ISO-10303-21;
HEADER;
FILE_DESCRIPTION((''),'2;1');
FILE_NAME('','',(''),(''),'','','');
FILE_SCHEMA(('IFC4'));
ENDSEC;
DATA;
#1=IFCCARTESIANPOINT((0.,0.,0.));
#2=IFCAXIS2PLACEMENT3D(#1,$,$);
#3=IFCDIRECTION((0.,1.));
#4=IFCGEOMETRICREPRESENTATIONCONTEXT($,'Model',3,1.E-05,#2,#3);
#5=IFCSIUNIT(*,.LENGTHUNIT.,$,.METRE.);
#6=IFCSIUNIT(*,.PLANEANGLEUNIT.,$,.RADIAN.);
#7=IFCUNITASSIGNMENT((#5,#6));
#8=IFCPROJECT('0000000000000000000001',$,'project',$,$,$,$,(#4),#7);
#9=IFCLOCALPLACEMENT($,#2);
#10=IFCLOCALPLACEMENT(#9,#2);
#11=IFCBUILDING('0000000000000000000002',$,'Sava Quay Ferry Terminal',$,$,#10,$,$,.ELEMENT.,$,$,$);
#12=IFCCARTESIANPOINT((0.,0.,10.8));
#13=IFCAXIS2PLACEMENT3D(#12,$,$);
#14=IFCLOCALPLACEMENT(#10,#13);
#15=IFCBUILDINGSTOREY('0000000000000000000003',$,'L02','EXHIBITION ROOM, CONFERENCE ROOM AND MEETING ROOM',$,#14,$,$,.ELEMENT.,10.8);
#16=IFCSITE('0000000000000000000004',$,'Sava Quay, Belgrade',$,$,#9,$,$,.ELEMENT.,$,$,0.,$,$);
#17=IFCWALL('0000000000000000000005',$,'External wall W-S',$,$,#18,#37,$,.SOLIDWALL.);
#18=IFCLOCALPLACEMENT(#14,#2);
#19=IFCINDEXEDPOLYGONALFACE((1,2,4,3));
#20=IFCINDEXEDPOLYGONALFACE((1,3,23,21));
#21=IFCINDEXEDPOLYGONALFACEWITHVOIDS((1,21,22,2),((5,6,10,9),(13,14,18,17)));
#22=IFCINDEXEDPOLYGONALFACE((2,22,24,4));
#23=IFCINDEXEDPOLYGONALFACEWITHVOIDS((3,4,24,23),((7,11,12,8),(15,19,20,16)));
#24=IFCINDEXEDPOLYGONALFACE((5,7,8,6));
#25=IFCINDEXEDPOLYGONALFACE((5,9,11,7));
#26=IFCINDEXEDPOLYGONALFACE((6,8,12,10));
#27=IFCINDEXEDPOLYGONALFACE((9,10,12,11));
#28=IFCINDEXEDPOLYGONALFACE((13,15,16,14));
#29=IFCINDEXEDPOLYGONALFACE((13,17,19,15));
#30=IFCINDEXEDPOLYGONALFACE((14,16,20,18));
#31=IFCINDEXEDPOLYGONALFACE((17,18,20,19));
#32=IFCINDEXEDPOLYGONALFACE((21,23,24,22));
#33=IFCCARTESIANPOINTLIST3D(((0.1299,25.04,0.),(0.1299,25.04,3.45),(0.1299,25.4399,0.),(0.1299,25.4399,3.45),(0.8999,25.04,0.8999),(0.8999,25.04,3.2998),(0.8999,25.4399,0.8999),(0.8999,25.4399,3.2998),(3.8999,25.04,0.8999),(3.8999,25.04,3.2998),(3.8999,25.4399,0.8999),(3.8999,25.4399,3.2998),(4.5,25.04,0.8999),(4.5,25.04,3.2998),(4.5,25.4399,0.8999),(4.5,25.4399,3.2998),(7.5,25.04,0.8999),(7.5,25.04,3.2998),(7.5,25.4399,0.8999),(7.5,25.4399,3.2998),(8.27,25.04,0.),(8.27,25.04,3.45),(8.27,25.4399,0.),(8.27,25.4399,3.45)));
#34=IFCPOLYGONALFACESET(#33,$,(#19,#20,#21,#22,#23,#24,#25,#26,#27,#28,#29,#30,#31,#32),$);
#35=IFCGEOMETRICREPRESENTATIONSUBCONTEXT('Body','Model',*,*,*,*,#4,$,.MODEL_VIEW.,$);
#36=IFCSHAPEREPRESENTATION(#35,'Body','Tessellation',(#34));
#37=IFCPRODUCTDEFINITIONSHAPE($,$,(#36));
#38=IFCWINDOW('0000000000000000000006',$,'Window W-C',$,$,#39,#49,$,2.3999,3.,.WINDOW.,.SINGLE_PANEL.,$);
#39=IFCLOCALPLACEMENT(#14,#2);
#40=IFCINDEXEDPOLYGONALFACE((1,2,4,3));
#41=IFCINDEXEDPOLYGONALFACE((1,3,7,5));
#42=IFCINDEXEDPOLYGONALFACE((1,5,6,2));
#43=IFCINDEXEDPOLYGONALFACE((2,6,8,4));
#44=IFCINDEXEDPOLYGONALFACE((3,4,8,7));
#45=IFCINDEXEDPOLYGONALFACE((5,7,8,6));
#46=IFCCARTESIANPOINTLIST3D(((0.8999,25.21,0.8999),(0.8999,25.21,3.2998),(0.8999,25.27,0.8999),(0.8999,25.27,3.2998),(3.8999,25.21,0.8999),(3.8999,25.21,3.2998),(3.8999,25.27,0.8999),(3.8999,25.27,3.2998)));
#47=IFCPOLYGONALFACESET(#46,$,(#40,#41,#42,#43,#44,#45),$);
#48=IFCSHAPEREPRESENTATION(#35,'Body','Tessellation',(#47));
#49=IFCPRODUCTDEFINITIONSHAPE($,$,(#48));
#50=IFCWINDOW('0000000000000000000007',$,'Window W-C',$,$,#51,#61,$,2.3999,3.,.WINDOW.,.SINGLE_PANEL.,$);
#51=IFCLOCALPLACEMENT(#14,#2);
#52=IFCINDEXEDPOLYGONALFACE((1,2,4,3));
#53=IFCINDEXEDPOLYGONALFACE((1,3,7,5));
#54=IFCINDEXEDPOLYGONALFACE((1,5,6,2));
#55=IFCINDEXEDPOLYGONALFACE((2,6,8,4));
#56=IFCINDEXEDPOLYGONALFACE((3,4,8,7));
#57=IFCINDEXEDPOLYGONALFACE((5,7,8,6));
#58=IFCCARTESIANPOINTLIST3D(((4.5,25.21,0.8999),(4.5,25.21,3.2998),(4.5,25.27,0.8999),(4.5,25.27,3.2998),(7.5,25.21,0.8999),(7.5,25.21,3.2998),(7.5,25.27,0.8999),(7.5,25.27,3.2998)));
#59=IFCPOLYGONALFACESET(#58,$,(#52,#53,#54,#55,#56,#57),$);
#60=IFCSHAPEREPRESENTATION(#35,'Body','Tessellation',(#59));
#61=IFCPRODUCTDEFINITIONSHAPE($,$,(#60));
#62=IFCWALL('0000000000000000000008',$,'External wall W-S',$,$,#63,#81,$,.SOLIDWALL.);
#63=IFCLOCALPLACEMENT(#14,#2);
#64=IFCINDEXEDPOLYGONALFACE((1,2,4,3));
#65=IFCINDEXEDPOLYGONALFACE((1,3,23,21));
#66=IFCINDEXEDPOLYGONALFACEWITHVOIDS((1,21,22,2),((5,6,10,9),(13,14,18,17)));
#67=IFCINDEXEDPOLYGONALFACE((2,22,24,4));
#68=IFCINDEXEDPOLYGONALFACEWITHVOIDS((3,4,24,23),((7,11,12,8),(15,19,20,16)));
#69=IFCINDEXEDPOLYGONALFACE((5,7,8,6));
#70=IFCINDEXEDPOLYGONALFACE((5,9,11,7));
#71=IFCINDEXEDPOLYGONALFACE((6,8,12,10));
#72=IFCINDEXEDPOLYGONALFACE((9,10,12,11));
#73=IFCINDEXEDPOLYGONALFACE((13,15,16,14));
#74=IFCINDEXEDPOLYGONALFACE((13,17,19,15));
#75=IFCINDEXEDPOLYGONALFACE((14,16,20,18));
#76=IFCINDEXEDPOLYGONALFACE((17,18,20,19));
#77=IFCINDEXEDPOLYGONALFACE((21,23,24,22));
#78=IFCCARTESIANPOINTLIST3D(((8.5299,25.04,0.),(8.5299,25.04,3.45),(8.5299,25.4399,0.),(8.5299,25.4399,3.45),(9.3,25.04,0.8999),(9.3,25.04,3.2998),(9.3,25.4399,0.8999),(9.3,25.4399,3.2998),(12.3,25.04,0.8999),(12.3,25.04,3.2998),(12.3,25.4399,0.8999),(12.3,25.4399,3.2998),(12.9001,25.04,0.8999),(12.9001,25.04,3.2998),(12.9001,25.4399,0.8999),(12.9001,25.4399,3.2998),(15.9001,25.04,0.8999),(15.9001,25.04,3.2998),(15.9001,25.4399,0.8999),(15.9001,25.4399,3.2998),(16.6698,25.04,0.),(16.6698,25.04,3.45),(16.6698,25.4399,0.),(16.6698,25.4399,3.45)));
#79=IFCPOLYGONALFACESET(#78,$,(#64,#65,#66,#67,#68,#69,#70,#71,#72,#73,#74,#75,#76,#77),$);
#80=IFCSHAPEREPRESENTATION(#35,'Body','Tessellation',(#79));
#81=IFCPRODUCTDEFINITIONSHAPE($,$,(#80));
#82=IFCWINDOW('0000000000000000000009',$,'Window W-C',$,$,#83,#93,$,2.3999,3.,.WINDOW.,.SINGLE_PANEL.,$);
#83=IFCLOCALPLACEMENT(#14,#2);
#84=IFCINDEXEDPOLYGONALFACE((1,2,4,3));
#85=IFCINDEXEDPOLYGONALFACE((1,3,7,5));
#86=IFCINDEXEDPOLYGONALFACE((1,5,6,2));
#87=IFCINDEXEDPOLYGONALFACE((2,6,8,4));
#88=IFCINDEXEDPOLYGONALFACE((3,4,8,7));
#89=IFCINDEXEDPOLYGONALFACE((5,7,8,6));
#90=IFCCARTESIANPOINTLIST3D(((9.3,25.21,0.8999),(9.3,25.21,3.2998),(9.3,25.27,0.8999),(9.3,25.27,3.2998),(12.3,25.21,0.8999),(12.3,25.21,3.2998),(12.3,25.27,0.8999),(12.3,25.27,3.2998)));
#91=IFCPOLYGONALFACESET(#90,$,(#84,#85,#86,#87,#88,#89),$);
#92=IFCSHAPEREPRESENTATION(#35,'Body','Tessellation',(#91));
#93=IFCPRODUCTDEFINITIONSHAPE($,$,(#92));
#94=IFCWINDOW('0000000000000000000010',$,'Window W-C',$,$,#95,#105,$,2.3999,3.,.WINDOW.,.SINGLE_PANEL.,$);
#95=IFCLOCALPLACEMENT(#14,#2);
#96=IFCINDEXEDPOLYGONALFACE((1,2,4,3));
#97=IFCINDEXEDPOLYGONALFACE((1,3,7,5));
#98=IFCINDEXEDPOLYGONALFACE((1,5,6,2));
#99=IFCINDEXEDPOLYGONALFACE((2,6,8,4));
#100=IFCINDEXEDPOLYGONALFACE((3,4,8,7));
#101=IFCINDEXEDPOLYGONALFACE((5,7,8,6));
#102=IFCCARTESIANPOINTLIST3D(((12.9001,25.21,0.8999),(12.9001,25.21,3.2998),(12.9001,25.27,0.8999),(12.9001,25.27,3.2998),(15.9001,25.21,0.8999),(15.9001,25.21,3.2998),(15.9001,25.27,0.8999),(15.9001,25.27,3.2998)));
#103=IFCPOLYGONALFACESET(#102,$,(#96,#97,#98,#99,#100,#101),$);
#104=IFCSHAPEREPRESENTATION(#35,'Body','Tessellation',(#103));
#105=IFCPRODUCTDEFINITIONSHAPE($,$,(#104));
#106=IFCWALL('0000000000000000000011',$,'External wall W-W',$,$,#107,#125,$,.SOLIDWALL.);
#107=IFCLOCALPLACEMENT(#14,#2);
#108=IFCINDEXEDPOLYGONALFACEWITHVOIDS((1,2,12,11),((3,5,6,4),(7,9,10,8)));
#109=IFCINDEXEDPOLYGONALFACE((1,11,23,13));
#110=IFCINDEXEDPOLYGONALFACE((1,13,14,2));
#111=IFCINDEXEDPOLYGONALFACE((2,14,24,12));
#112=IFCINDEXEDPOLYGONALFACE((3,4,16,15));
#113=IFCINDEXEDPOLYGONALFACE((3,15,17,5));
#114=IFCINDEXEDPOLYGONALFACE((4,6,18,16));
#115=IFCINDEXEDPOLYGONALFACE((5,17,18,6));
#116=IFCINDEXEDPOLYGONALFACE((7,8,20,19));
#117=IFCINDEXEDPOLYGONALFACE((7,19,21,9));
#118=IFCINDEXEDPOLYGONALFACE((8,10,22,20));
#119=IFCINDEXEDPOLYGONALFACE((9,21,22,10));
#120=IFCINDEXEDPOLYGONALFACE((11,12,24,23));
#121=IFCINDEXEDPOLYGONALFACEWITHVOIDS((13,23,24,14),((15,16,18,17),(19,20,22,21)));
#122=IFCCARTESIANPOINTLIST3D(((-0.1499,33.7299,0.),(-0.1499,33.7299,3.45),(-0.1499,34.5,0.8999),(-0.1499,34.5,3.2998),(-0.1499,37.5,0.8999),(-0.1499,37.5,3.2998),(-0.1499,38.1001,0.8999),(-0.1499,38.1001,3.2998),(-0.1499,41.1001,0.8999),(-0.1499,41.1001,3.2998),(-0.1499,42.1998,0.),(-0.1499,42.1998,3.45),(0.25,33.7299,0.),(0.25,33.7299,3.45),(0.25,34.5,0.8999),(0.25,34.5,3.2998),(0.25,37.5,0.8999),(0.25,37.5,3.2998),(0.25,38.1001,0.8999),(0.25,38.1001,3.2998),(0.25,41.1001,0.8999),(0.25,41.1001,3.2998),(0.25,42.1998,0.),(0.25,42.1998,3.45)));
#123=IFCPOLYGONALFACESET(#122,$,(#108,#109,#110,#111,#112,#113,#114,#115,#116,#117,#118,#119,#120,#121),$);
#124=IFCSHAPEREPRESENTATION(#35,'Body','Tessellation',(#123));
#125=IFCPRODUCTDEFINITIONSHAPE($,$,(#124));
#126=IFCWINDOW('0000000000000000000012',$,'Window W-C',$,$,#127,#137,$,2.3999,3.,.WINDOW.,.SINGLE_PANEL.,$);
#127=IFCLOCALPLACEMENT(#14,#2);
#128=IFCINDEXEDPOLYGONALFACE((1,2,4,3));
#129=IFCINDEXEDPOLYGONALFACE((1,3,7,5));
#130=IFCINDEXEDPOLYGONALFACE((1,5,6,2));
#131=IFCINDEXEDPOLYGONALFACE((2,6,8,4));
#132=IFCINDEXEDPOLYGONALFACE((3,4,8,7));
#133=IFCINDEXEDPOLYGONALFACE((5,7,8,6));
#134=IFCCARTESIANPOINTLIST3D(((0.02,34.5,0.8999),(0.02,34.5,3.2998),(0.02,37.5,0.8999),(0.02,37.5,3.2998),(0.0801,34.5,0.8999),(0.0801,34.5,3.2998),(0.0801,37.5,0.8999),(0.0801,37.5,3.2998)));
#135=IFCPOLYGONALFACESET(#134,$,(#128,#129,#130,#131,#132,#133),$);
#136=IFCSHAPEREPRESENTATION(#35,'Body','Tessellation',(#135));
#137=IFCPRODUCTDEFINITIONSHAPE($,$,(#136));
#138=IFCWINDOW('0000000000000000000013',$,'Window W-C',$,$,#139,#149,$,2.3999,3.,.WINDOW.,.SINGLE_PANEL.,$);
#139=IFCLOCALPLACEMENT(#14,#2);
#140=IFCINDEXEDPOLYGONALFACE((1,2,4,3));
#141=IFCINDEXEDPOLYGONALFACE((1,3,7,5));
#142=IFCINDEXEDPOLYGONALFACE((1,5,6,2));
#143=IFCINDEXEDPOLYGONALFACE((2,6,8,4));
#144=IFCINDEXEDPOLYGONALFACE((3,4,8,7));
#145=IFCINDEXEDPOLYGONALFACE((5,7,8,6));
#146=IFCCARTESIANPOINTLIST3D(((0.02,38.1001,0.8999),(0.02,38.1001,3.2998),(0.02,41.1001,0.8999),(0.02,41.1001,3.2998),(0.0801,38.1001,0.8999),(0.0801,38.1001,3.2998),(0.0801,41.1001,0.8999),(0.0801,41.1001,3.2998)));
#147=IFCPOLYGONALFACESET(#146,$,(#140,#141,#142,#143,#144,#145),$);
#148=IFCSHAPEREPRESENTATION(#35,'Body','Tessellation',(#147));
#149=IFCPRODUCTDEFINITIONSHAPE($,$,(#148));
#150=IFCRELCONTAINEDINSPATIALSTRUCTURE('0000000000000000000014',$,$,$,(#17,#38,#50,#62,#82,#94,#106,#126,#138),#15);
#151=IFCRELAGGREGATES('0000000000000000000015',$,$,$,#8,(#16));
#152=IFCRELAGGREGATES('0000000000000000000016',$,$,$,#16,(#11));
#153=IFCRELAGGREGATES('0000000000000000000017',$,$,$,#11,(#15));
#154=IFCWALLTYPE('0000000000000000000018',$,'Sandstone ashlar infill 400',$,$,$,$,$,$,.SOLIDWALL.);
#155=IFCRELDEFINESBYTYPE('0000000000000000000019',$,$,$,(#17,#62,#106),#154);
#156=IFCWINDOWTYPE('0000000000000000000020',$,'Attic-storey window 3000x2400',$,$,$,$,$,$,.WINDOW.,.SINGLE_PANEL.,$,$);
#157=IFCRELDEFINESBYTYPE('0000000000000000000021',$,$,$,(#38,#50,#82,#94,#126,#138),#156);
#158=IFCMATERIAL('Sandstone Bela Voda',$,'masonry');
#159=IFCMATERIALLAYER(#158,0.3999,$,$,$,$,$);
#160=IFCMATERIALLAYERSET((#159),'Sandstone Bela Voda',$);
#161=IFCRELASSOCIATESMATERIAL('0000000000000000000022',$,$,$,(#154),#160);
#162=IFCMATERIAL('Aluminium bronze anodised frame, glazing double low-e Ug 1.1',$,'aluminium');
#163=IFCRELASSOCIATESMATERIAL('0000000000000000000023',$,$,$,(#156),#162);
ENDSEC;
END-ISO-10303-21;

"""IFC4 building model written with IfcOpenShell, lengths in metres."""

from ifc_helpers import new_model, si_unit, direction, frame, frame_2d, origin, place, context, subcontext, project, spatial, rectangle, extrude, material, layer, layer_set, type_object, element, fill, save


model = new_model("IFC4")

# Units and contexts
model_context = context("Model", 3, precision=1e-05, world=origin(), true_north=direction((0.0, 1.0)))
body_context = subcontext(model_context, "Body", "Model", "MODEL_VIEW")
ifc_project = project(units=[si_unit("LENGTHUNIT", "METRE"), si_unit("PLANEANGLEUNIT", "RADIAN")], contexts=[model_context])

# Site, building, storey
site_placement = place(None, origin())
site = spatial("IfcSite", under=ifc_project, at=site_placement, Name="Sava Quay, Belgrade", CompositionType="ELEMENT", RefElevation=0.0)
building_placement = place(site_placement, origin())
building = spatial("IfcBuilding", under=site, at=building_placement, Name="Sava Quay Ferry Terminal", CompositionType="ELEMENT")
storey_placement = place(building_placement, frame((0.0, 0.0, 10.8)))
storey = spatial("IfcBuildingStorey", under=building, at=storey_placement, Name="L02", Description="EXHIBITION ROOM, CONFERENCE ROOM AND MEETING ROOM", CompositionType="ELEMENT", Elevation=10.8)

# Walls, openings, windows
ifc_material_1 = material(Name="Sandstone Bela Voda", Category="masonry")
ifc_layer_1 = layer(ifc_material_1, 0.3999)
ifc_layer_set_1 = layer_set([ifc_layer_1], Name="Sandstone Bela Voda")
wall_type_1 = type_object("IfcWallType", Name="Sandstone ashlar infill 400", PredefinedType="SOLIDWALL", material=ifc_layer_set_1)
wall_1_placement = place(storey_placement, frame((0.1299, 25.24, 0.0), z_axis=(0.0, 0.0, 1.0), x_axis=(1.0, 0.0, 0.0)))
wall_1 = element("IfcWall", 1, at=wall_1_placement, inside=storey, type_object=wall_type_1, Name="External wall W-S", PredefinedType="SOLIDWALL", context=body_context, shape_type="SweptSolid", body=[
    extrude(rectangle(XDim=8.1401, YDim=0.3999, at=frame_2d((4.0701, 0.0))), origin(), (0.0, 0.0, 1.0), 3.45),
])
opening_1_placement = place(wall_1_placement, frame((0.77, 0.0, 0.8999)))
opening_1 = element("IfcOpeningElement", 2, at=opening_1_placement, cuts=wall_1, PredefinedType="OPENING", context=body_context, shape_type="SweptSolid", body=[
    extrude(rectangle(XDim=3.0, YDim=2.3999, at=frame_2d((1.5, 1.2))), frame((0.0, 0.2, 0.0), z_axis=(0.0, -1.0, 0.0), x_axis=(1.0, 0.0, 0.0)), (0.0, 0.0, 1.0), 0.3999),
])
opening_2_placement = place(wall_1_placement, frame((4.3701, 0.0, 0.8999)))
opening_2 = element("IfcOpeningElement", 3, at=opening_2_placement, cuts=wall_1, PredefinedType="OPENING", context=body_context, shape_type="SweptSolid", body=[
    extrude(rectangle(XDim=3.0, YDim=2.3999, at=frame_2d((1.5, 1.2))), frame((0.0, 0.2, 0.0), z_axis=(0.0, -1.0, 0.0), x_axis=(1.0, 0.0, 0.0)), (0.0, 0.0, 1.0), 0.3999),
])
ifc_material_2 = material(Name="Aluminium bronze anodised frame, glazing double low-e Ug 1.1", Category="aluminium")
window_type = type_object("IfcWindowType", Name="Attic-storey window 3000x2400", PartitioningType="SINGLE_PANEL", PredefinedType="WINDOW", material=ifc_material_2)
window_1_placement = place(opening_1_placement, origin())
window_1 = element("IfcWindow", 4, at=window_1_placement, inside=storey, type_object=window_type, Name="Window W-C", OverallHeight=2.3999, OverallWidth=3.0, PartitioningType="SINGLE_PANEL", PredefinedType="WINDOW", context=body_context, shape_type="SweptSolid", body=[
    extrude(rectangle(XDim=3.0, YDim=2.3999, at=frame_2d((1.5, 1.2))), frame((0.0, 0.03, 0.0), z_axis=(0.0, -1.0, 0.0), x_axis=(1.0, 0.0, 0.0)), (0.0, 0.0, 1.0), 0.0601),
])
fill(opening_1, window_1)
window_2_placement = place(opening_2_placement, origin())
window_2 = element("IfcWindow", 5, at=window_2_placement, inside=storey, type_object=window_type, Name="Window W-C", OverallHeight=2.3999, OverallWidth=3.0, PartitioningType="SINGLE_PANEL", PredefinedType="WINDOW", context=body_context, shape_type="SweptSolid", body=[
    extrude(rectangle(XDim=3.0, YDim=2.3999, at=frame_2d((1.5, 1.2))), frame((0.0, 0.03, 0.0), z_axis=(0.0, -1.0, 0.0), x_axis=(1.0, 0.0, 0.0)), (0.0, 0.0, 1.0), 0.0601),
])
fill(opening_2, window_2)
wall_2_placement = place(storey_placement, frame((8.53, 25.24, 0.0), z_axis=(0.0, 0.0, 1.0), x_axis=(1.0, 0.0, 0.0)))
wall_2 = element("IfcWall", 6, at=wall_2_placement, inside=storey, type_object=wall_type_1, Name="External wall W-S", PredefinedType="SOLIDWALL", context=body_context, shape_type="SweptSolid", body=[
    extrude(rectangle(XDim=8.1399, YDim=0.3999, at=frame_2d((4.0698, 0.0))), origin(), (0.0, 0.0, 1.0), 3.45),
])
opening_3_placement = place(wall_2_placement, frame((0.77, 0.0, 0.8999)))
opening_3 = element("IfcOpeningElement", 7, at=opening_3_placement, cuts=wall_2, PredefinedType="OPENING", context=body_context, shape_type="SweptSolid", body=[
    extrude(rectangle(XDim=3.0, YDim=2.3999, at=frame_2d((1.5, 1.2))), frame((0.0, 0.2, 0.0), z_axis=(0.0, -1.0, 0.0), x_axis=(1.0, 0.0, 0.0)), (0.0, 0.0, 1.0), 0.3999),
])
opening_4_placement = place(wall_2_placement, frame((4.3701, 0.0, 0.8999)))
opening_4 = element("IfcOpeningElement", 8, at=opening_4_placement, cuts=wall_2, PredefinedType="OPENING", context=body_context, shape_type="SweptSolid", body=[
    extrude(rectangle(XDim=3.0, YDim=2.3999, at=frame_2d((1.5, 1.2))), frame((0.0, 0.2, 0.0), z_axis=(0.0, -1.0, 0.0), x_axis=(1.0, 0.0, 0.0)), (0.0, 0.0, 1.0), 0.3999),
])
window_3_placement = place(opening_3_placement, origin())
window_3 = element("IfcWindow", 9, at=window_3_placement, inside=storey, type_object=window_type, Name="Window W-C", OverallHeight=2.3999, OverallWidth=3.0, PartitioningType="SINGLE_PANEL", PredefinedType="WINDOW", context=body_context, shape_type="SweptSolid", body=[
    extrude(rectangle(XDim=3.0, YDim=2.3999, at=frame_2d((1.5, 1.2))), frame((0.0, 0.03, 0.0), z_axis=(0.0, -1.0, 0.0), x_axis=(1.0, 0.0, 0.0)), (0.0, 0.0, 1.0), 0.0601),
])
fill(opening_3, window_3)
window_4_placement = place(opening_4_placement, origin())
window_4 = element("IfcWindow", 10, at=window_4_placement, inside=storey, type_object=window_type, Name="Window W-C", OverallHeight=2.3999, OverallWidth=3.0, PartitioningType="SINGLE_PANEL", PredefinedType="WINDOW", context=body_context, shape_type="SweptSolid", body=[
    extrude(rectangle(XDim=3.0, YDim=2.3999, at=frame_2d((1.5, 1.2))), frame((0.0, 0.03, 0.0), z_axis=(0.0, -1.0, 0.0), x_axis=(1.0, 0.0, 0.0)), (0.0, 0.0, 1.0), 0.0601),
])
fill(opening_4, window_4)
wall_3_placement = place(storey_placement, frame((0.05, 33.73, 0.0), z_axis=(0.0, 0.0, 1.0), x_axis=(0.0, 1.0, 0.0)))
wall_3 = element("IfcWall", 11, at=wall_3_placement, inside=storey, type_object=wall_type_1, Name="External wall W-W", PredefinedType="SOLIDWALL", context=body_context, shape_type="SweptSolid", body=[
    extrude(rectangle(XDim=8.47, YDim=0.3999, at=frame_2d((4.2349, 0.0))), origin(), (0.0, 0.0, 1.0), 3.45),
])
opening_5_placement = place(wall_3_placement, frame((0.77, 0.0, 0.8999)))
opening_5 = element("IfcOpeningElement", 12, at=opening_5_placement, cuts=wall_3, PredefinedType="OPENING", context=body_context, shape_type="SweptSolid", body=[
    extrude(rectangle(XDim=3.0, YDim=2.3999, at=frame_2d((1.5, 1.2))), frame((0.0, 0.2, 0.0), z_axis=(0.0, -1.0, 0.0), x_axis=(1.0, 0.0, 0.0)), (0.0, 0.0, 1.0), 0.3999),
])
opening_6_placement = place(wall_3_placement, frame((4.3701, 0.0, 0.8999)))
opening_6 = element("IfcOpeningElement", 13, at=opening_6_placement, cuts=wall_3, PredefinedType="OPENING", context=body_context, shape_type="SweptSolid", body=[
    extrude(rectangle(XDim=3.0, YDim=2.3999, at=frame_2d((1.5, 1.2))), frame((0.0, 0.2, 0.0), z_axis=(0.0, -1.0, 0.0), x_axis=(1.0, 0.0, 0.0)), (0.0, 0.0, 1.0), 0.3999),
])
window_5_placement = place(opening_5_placement, origin())
window_5 = element("IfcWindow", 14, at=window_5_placement, inside=storey, type_object=window_type, Name="Window W-C", OverallHeight=2.3999, OverallWidth=3.0, PartitioningType="SINGLE_PANEL", PredefinedType="WINDOW", context=body_context, shape_type="SweptSolid", body=[
    extrude(rectangle(XDim=3.0, YDim=2.3999, at=frame_2d((1.5, 1.2))), frame((0.0, 0.03, 0.0), z_axis=(0.0, -1.0, 0.0), x_axis=(1.0, 0.0, 0.0)), (0.0, 0.0, 1.0), 0.0601),
])
fill(opening_5, window_5)
window_6_placement = place(opening_6_placement, origin())
window_6 = element("IfcWindow", 15, at=window_6_placement, inside=storey, type_object=window_type, Name="Window W-C", OverallHeight=2.3999, OverallWidth=3.0, PartitioningType="SINGLE_PANEL", PredefinedType="WINDOW", context=body_context, shape_type="SweptSolid", body=[
    extrude(rectangle(XDim=3.0, YDim=2.3999, at=frame_2d((1.5, 1.2))), frame((0.0, 0.03, 0.0), z_axis=(0.0, -1.0, 0.0), x_axis=(1.0, 0.0, 0.0)), (0.0, 0.0, 1.0), 0.0601),
])
fill(opening_6, window_6)

save(model, "model.ifc")
